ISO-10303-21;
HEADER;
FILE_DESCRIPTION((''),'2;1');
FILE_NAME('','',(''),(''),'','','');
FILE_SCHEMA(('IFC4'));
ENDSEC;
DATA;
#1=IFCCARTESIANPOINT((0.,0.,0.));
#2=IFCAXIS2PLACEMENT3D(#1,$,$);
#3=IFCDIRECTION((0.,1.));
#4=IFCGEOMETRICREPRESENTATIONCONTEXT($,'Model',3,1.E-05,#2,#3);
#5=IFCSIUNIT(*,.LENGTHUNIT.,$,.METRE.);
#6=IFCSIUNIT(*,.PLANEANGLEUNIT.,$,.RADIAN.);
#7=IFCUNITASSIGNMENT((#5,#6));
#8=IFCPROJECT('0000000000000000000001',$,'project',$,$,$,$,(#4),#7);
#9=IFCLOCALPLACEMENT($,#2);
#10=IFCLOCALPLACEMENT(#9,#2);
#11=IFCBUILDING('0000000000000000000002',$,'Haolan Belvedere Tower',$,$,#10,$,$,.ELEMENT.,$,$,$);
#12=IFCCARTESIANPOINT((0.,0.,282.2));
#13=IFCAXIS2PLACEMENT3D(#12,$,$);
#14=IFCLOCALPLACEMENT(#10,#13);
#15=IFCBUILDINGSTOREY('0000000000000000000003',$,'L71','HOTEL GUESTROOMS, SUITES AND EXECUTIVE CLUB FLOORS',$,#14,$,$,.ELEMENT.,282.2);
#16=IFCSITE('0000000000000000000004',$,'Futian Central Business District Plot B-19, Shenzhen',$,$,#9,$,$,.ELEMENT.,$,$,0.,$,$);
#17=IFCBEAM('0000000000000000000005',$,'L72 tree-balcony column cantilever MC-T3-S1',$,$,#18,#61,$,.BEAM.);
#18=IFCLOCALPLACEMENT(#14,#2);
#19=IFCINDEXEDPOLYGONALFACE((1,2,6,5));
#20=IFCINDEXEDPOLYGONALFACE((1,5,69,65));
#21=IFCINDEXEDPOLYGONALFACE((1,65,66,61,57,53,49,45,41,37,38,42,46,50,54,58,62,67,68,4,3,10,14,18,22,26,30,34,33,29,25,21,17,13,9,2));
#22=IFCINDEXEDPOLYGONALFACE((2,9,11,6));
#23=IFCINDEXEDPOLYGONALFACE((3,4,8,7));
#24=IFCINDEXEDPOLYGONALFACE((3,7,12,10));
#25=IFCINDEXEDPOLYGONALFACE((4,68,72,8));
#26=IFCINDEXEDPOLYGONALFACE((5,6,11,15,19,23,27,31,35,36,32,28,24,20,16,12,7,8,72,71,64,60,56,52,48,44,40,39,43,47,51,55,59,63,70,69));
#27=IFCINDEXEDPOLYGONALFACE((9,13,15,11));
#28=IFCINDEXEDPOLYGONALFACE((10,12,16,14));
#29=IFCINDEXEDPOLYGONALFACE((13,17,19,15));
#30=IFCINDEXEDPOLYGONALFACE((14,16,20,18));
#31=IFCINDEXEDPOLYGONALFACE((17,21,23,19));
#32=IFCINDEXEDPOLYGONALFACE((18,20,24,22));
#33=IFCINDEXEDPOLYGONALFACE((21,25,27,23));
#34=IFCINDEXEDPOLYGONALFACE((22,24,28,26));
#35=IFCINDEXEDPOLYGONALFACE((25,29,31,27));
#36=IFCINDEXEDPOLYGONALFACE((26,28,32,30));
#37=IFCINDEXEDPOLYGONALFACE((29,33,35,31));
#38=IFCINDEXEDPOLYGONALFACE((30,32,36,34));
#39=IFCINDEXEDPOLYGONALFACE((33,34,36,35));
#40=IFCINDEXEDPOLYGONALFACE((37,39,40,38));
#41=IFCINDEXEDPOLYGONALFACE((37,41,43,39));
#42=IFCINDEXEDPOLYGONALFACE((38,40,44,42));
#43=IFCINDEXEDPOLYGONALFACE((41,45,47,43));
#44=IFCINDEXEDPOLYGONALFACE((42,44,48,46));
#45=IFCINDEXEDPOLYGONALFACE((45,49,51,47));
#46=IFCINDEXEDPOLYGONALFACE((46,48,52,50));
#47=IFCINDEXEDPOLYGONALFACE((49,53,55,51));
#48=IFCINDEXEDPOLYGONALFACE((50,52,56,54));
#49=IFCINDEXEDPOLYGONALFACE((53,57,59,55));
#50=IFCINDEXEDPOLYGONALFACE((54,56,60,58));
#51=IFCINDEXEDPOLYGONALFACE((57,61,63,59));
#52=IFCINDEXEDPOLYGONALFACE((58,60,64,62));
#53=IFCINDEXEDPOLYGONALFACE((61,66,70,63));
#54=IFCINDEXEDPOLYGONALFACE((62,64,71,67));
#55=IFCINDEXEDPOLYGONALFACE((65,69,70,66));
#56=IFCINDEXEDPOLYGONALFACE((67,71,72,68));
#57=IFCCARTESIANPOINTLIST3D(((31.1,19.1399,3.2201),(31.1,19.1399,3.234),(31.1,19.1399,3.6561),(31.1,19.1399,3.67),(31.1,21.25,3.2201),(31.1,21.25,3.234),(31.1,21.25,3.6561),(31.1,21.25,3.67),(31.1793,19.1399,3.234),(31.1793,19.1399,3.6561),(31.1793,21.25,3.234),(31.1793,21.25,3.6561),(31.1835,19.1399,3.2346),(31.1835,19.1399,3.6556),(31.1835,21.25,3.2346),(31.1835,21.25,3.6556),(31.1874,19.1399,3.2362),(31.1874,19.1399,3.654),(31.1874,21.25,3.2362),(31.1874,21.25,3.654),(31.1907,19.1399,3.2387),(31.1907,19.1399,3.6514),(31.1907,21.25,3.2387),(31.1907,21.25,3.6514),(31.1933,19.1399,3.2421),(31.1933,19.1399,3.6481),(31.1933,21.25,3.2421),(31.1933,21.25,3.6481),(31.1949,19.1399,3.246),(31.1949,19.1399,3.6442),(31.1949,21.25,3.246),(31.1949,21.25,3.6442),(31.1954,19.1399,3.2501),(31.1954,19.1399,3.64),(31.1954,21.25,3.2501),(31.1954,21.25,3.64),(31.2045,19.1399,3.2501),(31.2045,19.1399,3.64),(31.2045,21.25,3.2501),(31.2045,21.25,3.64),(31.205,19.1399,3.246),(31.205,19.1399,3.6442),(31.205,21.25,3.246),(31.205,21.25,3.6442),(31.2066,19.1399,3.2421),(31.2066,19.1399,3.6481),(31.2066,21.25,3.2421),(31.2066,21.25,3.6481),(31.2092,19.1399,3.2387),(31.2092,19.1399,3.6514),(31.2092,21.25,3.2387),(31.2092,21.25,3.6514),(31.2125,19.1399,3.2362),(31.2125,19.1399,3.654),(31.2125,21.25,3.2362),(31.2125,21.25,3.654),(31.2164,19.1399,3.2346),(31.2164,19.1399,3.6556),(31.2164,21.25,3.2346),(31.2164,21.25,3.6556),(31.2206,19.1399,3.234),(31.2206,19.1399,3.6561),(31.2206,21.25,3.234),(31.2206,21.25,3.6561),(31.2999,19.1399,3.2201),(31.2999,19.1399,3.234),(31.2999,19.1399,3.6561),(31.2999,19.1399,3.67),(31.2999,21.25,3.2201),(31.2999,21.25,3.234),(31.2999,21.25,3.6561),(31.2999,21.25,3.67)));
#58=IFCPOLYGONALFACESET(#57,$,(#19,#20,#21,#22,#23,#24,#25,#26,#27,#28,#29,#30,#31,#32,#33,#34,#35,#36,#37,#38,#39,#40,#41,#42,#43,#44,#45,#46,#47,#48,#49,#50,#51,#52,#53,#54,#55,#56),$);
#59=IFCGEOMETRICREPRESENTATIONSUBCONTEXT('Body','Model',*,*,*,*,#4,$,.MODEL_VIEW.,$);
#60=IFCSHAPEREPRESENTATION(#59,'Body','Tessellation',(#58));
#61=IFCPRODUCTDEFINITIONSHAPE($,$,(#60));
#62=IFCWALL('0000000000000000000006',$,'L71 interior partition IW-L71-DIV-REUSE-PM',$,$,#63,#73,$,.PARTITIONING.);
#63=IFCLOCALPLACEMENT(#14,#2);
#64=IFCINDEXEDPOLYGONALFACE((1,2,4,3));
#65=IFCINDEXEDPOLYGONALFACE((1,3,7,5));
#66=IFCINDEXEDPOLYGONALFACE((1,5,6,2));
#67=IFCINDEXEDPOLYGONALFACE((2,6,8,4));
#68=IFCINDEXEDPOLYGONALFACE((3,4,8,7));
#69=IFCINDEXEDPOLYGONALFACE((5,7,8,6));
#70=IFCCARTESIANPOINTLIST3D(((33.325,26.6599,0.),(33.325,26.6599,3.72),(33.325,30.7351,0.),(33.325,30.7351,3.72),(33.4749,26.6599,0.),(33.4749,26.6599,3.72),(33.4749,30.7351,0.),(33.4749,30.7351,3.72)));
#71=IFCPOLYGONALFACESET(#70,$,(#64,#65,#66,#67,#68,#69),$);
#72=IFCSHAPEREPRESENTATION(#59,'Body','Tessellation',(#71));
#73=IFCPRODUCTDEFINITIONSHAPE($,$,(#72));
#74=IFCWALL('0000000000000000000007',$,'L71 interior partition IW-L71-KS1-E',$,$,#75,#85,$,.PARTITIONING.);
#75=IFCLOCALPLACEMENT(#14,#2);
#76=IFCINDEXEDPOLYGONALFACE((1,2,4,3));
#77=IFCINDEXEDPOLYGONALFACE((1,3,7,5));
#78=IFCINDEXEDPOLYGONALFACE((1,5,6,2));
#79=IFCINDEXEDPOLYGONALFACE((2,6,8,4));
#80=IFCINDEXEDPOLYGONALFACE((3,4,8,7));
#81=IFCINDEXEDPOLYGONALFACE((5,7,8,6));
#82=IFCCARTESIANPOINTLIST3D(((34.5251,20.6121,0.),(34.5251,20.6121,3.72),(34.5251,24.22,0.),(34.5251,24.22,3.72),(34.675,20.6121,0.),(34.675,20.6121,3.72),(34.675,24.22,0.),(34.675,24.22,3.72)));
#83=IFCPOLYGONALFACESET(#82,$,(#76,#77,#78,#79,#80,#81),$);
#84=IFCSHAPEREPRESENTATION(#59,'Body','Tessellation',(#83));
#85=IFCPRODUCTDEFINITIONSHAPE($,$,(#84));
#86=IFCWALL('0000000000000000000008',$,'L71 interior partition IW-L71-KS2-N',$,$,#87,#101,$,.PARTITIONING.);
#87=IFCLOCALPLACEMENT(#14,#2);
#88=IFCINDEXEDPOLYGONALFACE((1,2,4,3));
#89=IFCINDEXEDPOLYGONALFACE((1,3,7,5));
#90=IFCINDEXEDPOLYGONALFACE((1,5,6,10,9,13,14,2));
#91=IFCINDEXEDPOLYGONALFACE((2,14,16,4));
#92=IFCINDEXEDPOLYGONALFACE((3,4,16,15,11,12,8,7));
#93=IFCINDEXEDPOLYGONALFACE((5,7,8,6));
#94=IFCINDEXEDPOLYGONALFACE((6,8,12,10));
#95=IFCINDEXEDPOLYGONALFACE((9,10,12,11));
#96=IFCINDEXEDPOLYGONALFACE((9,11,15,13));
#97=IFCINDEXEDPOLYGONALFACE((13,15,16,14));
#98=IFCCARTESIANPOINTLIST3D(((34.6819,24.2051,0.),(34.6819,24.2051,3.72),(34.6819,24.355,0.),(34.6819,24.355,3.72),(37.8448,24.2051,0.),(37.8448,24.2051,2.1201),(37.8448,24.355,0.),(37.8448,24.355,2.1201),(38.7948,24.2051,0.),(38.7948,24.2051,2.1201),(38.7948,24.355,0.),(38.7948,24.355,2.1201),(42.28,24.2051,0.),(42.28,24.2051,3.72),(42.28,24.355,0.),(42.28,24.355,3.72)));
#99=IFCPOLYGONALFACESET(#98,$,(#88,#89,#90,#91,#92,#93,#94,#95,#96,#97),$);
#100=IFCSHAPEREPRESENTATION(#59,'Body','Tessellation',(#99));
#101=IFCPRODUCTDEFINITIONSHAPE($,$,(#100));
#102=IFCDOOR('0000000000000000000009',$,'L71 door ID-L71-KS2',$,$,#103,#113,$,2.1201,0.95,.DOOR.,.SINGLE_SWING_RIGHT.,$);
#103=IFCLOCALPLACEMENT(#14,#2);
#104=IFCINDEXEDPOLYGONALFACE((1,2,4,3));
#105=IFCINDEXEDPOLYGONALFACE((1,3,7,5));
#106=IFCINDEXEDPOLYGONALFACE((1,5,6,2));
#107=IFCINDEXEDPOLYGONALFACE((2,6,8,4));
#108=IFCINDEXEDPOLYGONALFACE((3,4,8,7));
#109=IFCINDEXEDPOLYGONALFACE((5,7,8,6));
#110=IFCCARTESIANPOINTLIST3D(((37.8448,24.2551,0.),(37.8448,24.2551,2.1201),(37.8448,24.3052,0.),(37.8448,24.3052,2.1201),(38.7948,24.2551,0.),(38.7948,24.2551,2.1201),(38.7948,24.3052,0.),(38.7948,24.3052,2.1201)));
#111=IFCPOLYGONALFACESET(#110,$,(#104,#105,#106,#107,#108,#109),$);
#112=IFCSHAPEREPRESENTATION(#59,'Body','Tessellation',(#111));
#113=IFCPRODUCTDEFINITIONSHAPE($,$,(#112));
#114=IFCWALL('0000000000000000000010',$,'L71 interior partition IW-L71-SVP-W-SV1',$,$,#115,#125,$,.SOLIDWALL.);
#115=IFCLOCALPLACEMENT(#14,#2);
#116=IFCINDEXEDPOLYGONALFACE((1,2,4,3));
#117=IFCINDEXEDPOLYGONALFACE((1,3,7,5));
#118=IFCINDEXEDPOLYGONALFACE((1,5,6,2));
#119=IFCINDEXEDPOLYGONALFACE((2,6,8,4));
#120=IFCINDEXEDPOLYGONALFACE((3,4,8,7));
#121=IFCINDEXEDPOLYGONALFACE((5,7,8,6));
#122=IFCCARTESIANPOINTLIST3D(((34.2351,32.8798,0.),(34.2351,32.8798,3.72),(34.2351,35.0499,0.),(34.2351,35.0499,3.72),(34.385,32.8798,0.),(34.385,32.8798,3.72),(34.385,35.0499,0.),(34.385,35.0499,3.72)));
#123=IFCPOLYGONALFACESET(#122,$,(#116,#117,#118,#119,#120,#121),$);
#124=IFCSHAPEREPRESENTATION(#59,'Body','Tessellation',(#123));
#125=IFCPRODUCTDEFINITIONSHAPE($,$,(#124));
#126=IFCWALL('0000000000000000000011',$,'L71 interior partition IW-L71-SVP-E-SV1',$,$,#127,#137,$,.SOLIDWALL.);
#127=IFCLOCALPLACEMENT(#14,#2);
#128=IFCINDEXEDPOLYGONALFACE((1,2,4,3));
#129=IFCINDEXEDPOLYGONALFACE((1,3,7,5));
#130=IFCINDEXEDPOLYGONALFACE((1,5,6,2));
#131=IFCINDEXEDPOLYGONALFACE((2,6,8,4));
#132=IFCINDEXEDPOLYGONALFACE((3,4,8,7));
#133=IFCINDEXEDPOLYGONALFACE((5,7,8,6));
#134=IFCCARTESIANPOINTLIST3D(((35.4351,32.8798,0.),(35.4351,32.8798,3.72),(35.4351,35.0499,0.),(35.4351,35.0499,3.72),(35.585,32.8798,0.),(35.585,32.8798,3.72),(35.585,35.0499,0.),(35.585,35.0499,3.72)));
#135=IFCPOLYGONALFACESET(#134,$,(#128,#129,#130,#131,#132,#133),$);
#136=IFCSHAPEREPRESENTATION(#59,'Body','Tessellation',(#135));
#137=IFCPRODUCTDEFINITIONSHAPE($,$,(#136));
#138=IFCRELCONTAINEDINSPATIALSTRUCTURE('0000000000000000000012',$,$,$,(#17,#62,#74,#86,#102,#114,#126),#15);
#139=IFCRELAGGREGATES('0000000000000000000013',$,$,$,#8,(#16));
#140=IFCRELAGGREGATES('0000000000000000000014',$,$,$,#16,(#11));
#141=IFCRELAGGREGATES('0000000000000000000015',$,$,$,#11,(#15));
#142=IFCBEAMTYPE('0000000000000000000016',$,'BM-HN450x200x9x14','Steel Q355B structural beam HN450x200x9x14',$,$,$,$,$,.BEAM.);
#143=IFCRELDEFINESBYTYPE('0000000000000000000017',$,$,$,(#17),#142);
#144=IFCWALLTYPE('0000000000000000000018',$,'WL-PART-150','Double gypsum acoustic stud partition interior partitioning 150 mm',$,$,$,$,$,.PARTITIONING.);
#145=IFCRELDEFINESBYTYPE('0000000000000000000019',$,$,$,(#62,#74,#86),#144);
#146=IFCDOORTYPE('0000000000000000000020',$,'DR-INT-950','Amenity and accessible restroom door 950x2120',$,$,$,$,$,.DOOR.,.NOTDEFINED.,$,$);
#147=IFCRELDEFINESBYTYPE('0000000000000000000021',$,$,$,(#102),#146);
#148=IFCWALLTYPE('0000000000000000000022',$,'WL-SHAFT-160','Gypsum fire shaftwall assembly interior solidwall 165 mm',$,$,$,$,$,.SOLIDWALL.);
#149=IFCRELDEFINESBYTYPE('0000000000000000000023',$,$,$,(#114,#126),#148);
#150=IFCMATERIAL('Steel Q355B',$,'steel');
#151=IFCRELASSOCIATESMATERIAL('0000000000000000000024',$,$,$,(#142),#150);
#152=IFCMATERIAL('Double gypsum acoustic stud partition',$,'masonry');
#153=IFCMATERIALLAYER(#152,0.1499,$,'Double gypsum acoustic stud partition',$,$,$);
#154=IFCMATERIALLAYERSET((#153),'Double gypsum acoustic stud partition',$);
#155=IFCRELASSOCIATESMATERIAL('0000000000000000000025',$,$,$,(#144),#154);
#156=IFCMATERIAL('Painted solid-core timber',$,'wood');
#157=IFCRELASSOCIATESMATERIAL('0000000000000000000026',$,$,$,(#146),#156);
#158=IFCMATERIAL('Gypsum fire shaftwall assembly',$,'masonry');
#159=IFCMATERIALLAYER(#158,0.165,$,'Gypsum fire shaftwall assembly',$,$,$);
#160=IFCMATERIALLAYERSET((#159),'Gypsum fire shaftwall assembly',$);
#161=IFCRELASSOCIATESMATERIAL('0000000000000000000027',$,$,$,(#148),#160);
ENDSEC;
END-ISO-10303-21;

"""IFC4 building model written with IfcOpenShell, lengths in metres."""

from ifc_helpers import new_model, si_unit, direction, frame, frame_2d, origin, origin_2d, place, context, subcontext, project, spatial, rectangle, i_section, extrude, material, layer, layer_set, material_profile, profile_set, type_object, element, fill, save


model = new_model("IFC4")

# Units and contexts
model_context = context("Model", 3, precision=1e-05, world=origin(), true_north=direction((0.0, 1.0)))
body_context = subcontext(model_context, "Body", "Model", "MODEL_VIEW")
ifc_project = project(units=[si_unit("LENGTHUNIT", "METRE"), si_unit("PLANEANGLEUNIT", "RADIAN")], contexts=[model_context])

# Site, building, storey
site_placement = place(None, origin())
site = spatial("IfcSite", under=ifc_project, at=site_placement, Name="Futian Central Business District Plot B-19, Shenzhen", CompositionType="ELEMENT", RefElevation=0.0)
building_placement = place(site_placement, origin())
building = spatial("IfcBuilding", under=site, at=building_placement, Name="Haolan Belvedere Tower", CompositionType="ELEMENT")
storey_placement = place(building_placement, frame((0.0, 0.0, 282.2)))
storey = spatial("IfcBuildingStorey", under=building, at=storey_placement, Name="L71", Description="HOTEL GUESTROOMS, SUITES AND EXECUTIVE CLUB FLOORS", CompositionType="ELEMENT", Elevation=282.2)

# Beam
ifc_material_1 = material(Name="Steel Q355B", Category="steel")
ifc_material_profile_1 = material_profile(ifc_material_1, i_section(OverallWidth=0.2, OverallDepth=0.45, WebThickness=0.009, FlangeThickness=0.0139, FilletRadius=0.0161, at=origin_2d()), Name="Steel Q355B")
ifc_profile_set_1 = profile_set([ifc_material_profile_1], Name="Steel Q355B")
beam_type_1 = type_object("IfcBeamType", Name="BM-HN450x200x9x14", Description="Steel Q355B structural beam HN450x200x9x14", PredefinedType="BEAM", material=ifc_profile_set_1)
beam_1_placement = place(storey_placement, frame((31.2, 21.25, 3.4451), z_axis=(0.0, -1.0, 0.0), x_axis=(1.0, 0.0, 0.0)))
element("IfcBeam", 1, at=beam_1_placement, inside=storey, type_object=beam_type_1, Name="L72 tree-balcony column cantilever MC-T3-S1", PredefinedType="BEAM", context=body_context, shape_type="SweptSolid", body=[
    extrude(i_section(OverallWidth=0.2, OverallDepth=0.45, WebThickness=0.009, FlangeThickness=0.0139, FilletRadius=0.0161, at=origin_2d()), origin(), (0.0, 0.0, 1.0), 2.1101),
])

# Walls
ifc_material_2 = material(Name="Double gypsum acoustic stud partition", Category="masonry")
ifc_layer_1 = layer(ifc_material_2, 0.1499, Name="Double gypsum acoustic stud partition")
ifc_layer_set_1 = layer_set([ifc_layer_1], Name="Double gypsum acoustic stud partition")
wall_type_1 = type_object("IfcWallType", Name="WL-PART-150", Description="Double gypsum acoustic stud partition interior partitioning 150 mm", PredefinedType="PARTITIONING", material=ifc_layer_set_1)
wall_1_placement = place(storey_placement, frame((33.3999, 26.6599, 0.0), z_axis=(0.0, 0.0, 1.0), x_axis=(0.0, 1.0, 0.0)))
element("IfcWall", 2, at=wall_1_placement, inside=storey, type_object=wall_type_1, Name="L71 interior partition IW-L71-DIV-REUSE-PM", PredefinedType="PARTITIONING", context=body_context, shape_type="SweptSolid", body=[
    extrude(rectangle(XDim=4.0752, YDim=0.1499, at=frame_2d((2.0376, 0.0))), origin(), (0.0, 0.0, 1.0), 3.72),
])
wall_2_placement = place(storey_placement, frame((34.6001, 20.6121, 0.0), z_axis=(0.0, 0.0, 1.0), x_axis=(0.0, 1.0, 0.0)))
element("IfcWall", 3, at=wall_2_placement, inside=storey, type_object=wall_type_1, Name="L71 interior partition IW-L71-KS1-E", PredefinedType="PARTITIONING", context=body_context, shape_type="SweptSolid", body=[
    extrude(rectangle(XDim=3.6079, YDim=0.1499, at=frame_2d((1.804, 0.0))), origin(), (0.0, 0.0, 1.0), 3.72),
])

# Wall, opening, door
wall_3_placement = place(storey_placement, frame((34.6819, 24.28, 0.0), z_axis=(0.0, 0.0, 1.0), x_axis=(1.0, 0.0, 0.0)))
wall_3 = element("IfcWall", 4, at=wall_3_placement, inside=storey, type_object=wall_type_1, Name="L71 interior partition IW-L71-KS2-N", PredefinedType="PARTITIONING", context=body_context, shape_type="SweptSolid", body=[
    extrude(rectangle(XDim=7.5981, YDim=0.1499, at=frame_2d((3.7991, 0.0))), origin(), (0.0, 0.0, 1.0), 3.72),
])
opening_1_placement = place(wall_3_placement, frame((4.113, 0.0, 0.0), z_axis=(0.0, 0.0, 1.0), x_axis=(-1.0, 0.0, 0.0)))
opening_1 = element("IfcOpeningElement", 5, at=opening_1_placement, cuts=wall_3, PredefinedType="OPENING", context=body_context, shape_type="SweptSolid", body=[
    extrude(rectangle(XDim=0.95, YDim=2.1201, at=frame_2d((0.4751, 1.0601))), frame((0.0, 0.085, 0.0), z_axis=(0.0, -1.0, 0.0), x_axis=(1.0, 0.0, 0.0)), (0.0, 0.0, 1.0), 0.1699),
])
ifc_material_3 = material(Name="Painted solid-core timber", Category="wood")
door_type_1 = type_object("IfcDoorType", Name="DR-INT-950", Description="Amenity and accessible restroom door 950x2120", OperationType="NOTDEFINED", PredefinedType="DOOR", material=ifc_material_3)
door_1_placement = place(opening_1_placement, origin())
door_1 = element("IfcDoor", 6, at=door_1_placement, inside=storey, type_object=door_type_1, Name="L71 door ID-L71-KS2", OperationType="SINGLE_SWING_RIGHT", OverallHeight=2.1201, OverallWidth=0.95, PredefinedType="DOOR", context=body_context, shape_type="SweptSolid", body=[
    extrude(rectangle(XDim=0.95, YDim=2.1201, at=frame_2d((0.4751, 1.0601))), frame((0.0, 0.0249, 0.0), z_axis=(0.0, -1.0, 0.0), x_axis=(1.0, 0.0, 0.0)), (0.0, 0.0, 1.0), 0.05),
])
fill(opening_1, door_1)

# Walls
ifc_material_4 = material(Name="Gypsum fire shaftwall assembly", Category="masonry")
ifc_layer_2 = layer(ifc_material_4, 0.165, Name="Gypsum fire shaftwall assembly")
ifc_layer_set_2 = layer_set([ifc_layer_2], Name="Gypsum fire shaftwall assembly")
wall_type_2 = type_object("IfcWallType", Name="WL-SHAFT-160", Description="Gypsum fire shaftwall assembly interior solidwall 165 mm", PredefinedType="SOLIDWALL", material=ifc_layer_set_2)
for number, where, z_axis, x_axis, name in (
    (7, (34.3101, 32.8799, 0.0), (0.0, 0.0, 1.0), (0.0, 1.0, 0.0), "L71 interior partition IW-L71-SVP-W-SV1"),
    (8, (35.51, 32.8799, 0.0), (0.0, 0.0, 1.0), (0.0, 1.0, 0.0), "L71 interior partition IW-L71-SVP-E-SV1"),
):
    element("IfcWall", number, at=place(storey_placement, frame(where, z_axis=z_axis, x_axis=x_axis)), inside=storey, type_object=wall_type_2, Name=name, PredefinedType="SOLIDWALL", context=body_context, shape_type="SweptSolid", body=[
        extrude(rectangle(XDim=2.1702, YDim=0.1499, at=frame_2d((1.085, 0.0))), origin(), (0.0, 0.0, 1.0), 3.72),
    ])

save(model, "model.ifc")
